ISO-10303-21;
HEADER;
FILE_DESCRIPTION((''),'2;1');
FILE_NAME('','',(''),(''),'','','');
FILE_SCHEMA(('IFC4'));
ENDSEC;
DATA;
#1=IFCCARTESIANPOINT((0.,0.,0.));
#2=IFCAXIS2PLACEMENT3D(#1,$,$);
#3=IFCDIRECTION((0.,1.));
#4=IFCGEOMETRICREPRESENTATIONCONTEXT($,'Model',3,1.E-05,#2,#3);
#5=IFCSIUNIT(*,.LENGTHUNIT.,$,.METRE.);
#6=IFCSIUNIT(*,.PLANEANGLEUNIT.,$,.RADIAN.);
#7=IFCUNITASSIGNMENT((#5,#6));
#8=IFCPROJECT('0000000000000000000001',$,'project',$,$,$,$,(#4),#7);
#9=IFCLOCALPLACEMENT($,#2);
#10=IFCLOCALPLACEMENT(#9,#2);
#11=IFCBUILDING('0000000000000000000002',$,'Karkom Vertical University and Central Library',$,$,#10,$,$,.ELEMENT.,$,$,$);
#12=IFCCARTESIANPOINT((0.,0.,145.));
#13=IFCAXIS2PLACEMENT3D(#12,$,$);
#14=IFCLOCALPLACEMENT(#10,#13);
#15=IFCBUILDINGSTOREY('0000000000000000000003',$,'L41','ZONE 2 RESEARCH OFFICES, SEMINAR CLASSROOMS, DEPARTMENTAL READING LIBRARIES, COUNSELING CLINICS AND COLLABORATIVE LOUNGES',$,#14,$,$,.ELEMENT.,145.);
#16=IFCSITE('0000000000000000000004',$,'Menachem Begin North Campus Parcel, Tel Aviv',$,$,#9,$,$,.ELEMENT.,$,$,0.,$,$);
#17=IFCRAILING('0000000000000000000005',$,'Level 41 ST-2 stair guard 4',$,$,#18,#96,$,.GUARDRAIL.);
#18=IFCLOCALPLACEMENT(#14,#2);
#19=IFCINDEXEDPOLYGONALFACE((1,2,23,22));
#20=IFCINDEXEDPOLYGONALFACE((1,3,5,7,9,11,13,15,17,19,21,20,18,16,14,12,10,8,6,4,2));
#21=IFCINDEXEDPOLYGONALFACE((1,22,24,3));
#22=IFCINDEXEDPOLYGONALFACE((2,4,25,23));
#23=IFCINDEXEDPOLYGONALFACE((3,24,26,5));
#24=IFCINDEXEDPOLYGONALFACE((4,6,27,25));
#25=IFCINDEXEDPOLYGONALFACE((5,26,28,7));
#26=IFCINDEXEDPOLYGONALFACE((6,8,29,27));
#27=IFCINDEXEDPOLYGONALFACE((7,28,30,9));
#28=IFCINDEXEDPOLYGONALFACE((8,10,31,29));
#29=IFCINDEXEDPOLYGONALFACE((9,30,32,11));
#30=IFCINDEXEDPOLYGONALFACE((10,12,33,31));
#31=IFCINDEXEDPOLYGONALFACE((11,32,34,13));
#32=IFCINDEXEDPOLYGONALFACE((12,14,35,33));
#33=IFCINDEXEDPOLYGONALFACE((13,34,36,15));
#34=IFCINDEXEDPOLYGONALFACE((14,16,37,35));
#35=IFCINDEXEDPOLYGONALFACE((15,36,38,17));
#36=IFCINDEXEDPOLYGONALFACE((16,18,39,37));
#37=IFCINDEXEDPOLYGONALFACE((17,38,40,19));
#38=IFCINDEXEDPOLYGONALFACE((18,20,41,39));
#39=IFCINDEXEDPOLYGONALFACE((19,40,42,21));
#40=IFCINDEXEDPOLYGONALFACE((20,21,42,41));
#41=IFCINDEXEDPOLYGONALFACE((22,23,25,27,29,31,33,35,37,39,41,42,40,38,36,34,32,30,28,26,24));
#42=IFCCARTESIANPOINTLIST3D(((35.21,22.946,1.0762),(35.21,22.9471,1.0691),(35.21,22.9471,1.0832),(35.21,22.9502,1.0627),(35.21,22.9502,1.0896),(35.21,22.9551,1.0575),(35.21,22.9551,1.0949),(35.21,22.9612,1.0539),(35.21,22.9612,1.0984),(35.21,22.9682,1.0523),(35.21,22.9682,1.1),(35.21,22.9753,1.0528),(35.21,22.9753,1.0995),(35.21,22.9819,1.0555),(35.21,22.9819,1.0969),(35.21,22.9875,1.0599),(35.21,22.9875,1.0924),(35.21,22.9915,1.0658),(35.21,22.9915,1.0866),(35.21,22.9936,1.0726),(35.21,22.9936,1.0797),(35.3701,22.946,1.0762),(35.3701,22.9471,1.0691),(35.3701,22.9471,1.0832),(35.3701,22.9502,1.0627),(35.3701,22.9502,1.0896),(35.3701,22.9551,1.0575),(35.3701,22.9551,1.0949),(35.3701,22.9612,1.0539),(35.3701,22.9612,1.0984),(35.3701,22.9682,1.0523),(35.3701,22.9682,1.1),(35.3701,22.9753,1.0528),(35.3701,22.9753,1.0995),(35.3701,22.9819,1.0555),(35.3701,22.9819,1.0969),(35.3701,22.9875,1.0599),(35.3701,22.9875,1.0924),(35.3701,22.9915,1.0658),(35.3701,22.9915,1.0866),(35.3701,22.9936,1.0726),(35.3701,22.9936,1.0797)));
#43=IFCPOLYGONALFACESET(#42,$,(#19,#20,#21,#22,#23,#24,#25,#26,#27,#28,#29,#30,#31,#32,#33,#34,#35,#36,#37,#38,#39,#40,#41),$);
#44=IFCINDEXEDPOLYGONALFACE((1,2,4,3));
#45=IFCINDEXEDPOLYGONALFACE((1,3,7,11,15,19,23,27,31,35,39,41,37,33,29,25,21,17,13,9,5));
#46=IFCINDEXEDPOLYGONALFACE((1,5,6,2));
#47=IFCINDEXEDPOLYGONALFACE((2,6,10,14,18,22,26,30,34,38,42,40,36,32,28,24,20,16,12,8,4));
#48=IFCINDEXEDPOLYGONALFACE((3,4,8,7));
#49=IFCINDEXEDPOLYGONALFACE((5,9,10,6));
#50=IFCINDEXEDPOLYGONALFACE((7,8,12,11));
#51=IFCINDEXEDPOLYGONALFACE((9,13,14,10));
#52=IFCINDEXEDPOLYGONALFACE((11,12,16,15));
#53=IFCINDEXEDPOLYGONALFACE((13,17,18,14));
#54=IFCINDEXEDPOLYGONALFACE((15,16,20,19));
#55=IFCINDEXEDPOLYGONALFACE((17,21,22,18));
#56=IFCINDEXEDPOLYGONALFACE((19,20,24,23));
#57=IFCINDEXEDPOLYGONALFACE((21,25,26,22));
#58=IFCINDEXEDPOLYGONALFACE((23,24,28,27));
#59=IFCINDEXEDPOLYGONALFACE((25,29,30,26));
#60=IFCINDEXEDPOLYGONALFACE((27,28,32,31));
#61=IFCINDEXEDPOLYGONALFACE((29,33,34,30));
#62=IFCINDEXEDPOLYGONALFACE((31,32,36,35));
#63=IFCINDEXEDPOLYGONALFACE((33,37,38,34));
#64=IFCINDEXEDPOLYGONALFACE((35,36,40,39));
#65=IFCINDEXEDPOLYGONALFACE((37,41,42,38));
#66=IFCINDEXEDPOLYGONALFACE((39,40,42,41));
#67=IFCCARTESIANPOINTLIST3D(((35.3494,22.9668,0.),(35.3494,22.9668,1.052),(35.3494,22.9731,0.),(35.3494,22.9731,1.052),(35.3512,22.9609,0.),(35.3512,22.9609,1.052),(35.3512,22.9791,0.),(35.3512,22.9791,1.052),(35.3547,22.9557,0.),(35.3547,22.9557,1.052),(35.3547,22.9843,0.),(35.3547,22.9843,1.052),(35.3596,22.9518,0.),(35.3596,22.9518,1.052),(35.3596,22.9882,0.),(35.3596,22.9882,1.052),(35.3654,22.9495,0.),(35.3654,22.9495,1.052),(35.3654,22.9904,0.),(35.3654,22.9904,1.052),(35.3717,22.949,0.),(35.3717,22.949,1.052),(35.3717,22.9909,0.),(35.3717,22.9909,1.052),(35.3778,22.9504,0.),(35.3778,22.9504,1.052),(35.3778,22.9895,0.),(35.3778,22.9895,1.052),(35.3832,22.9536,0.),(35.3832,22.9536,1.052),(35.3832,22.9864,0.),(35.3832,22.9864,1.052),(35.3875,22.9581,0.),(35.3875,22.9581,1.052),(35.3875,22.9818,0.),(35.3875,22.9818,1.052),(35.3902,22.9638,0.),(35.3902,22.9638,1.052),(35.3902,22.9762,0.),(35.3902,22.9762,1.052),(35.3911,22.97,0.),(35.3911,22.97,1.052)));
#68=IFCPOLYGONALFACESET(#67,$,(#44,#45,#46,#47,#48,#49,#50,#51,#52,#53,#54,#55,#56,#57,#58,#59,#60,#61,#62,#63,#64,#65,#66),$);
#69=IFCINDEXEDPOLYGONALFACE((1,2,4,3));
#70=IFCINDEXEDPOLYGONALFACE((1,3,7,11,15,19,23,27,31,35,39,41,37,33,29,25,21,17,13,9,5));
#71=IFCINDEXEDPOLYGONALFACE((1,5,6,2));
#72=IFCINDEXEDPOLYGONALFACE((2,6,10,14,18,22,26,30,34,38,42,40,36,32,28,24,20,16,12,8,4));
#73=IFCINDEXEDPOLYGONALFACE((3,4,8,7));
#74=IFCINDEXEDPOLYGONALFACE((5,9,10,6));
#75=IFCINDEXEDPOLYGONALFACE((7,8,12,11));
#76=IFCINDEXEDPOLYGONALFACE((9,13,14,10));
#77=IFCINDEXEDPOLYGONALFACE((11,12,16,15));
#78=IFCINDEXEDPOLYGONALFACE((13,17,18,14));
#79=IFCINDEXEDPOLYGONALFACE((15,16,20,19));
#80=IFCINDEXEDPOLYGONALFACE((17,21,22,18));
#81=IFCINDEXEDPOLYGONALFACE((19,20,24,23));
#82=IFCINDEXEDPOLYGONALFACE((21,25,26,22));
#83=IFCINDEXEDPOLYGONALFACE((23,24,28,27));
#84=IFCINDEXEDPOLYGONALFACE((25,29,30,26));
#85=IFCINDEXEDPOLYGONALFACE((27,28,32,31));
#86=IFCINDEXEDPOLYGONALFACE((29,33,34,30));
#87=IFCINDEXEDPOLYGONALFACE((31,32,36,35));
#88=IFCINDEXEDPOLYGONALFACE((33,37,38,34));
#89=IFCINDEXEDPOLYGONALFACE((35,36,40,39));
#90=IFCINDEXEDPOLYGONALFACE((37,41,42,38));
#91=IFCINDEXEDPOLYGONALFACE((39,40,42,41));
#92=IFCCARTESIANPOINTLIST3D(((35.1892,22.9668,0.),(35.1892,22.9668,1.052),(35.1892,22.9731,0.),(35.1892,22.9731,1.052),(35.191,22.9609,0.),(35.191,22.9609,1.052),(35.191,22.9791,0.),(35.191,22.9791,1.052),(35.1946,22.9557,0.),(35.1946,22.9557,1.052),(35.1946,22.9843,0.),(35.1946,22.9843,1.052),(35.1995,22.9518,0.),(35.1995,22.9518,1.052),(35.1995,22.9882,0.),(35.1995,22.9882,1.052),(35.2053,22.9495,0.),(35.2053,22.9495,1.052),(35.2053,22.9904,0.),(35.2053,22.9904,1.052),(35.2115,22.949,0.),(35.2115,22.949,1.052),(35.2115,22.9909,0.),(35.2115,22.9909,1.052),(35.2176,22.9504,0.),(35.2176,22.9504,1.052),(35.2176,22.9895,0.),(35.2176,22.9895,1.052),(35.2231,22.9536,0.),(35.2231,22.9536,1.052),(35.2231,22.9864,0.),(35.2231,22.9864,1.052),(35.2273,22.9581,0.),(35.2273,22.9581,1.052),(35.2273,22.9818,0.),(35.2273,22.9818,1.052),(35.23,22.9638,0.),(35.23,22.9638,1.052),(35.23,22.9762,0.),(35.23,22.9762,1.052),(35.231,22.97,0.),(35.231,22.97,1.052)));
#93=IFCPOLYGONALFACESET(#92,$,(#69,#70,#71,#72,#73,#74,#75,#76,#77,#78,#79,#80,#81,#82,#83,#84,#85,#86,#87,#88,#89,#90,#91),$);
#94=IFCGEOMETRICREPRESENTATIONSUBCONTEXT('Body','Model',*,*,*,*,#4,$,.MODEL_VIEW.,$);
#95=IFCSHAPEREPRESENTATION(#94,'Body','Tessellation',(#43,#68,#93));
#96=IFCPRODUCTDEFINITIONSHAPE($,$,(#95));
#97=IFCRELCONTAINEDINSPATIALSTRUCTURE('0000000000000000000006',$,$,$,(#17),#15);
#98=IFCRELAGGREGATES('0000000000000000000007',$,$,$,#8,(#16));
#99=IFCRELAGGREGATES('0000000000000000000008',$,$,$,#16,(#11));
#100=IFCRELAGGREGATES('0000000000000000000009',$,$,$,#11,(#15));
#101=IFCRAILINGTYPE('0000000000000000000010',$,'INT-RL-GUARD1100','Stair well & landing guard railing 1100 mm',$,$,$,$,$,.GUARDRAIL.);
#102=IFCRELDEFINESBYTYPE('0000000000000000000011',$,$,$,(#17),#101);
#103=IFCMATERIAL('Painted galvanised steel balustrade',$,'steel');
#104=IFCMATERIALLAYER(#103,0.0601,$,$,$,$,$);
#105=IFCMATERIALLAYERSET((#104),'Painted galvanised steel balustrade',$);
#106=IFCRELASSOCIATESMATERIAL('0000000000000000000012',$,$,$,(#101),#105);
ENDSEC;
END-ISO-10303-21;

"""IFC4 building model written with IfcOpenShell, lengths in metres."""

from ifc_helpers import new_model, si_unit, direction, frame, origin, origin_2d, place, context, subcontext, project, spatial, circle, extrude, material, layer, layer_set, type_object, element, save


model = new_model("IFC4")

# Units and contexts
model_context = context("Model", 3, precision=1e-05, world=origin(), true_north=direction((0.0, 1.0)))
body_context = subcontext(model_context, "Body", "Model", "MODEL_VIEW")
ifc_project = project(units=[si_unit("LENGTHUNIT", "METRE"), si_unit("PLANEANGLEUNIT", "RADIAN")], contexts=[model_context])

# Site, building, storey
site_placement = place(None, origin())
site = spatial("IfcSite", under=ifc_project, at=site_placement, Name="Menachem Begin North Campus Parcel, Tel Aviv", CompositionType="ELEMENT", RefElevation=0.0)
building_placement = place(site_placement, origin())
building = spatial("IfcBuilding", under=site, at=building_placement, Name="Karkom Vertical University and Central Library", CompositionType="ELEMENT")
storey_placement = place(building_placement, frame((0.0, 0.0, 145.0)))
storey = spatial("IfcBuildingStorey", under=building, at=storey_placement, Name="L41", Description="ZONE 2 RESEARCH OFFICES, SEMINAR CLASSROOMS, DEPARTMENTAL READING LIBRARIES, COUNSELING CLINICS AND COLLABORATIVE LOUNGES", CompositionType="ELEMENT", Elevation=145.0)

# Railing
ifc_material_1 = material(Name="Painted galvanised steel balustrade", Category="steel")
ifc_layer_1 = layer(ifc_material_1, 0.0601)
ifc_layer_set_1 = layer_set([ifc_layer_1], Name="Painted galvanised steel balustrade")
railing_type_1 = type_object("IfcRailingType", Name="INT-RL-GUARD1100", Description="Stair well & landing guard railing 1100 mm", PredefinedType="GUARDRAIL", material=ifc_layer_set_1)
railing_1_placement = place(storey_placement, frame((35.3701, 22.97, 0.0)))
element("IfcRailing", 1, at=railing_1_placement, inside=storey, type_object=railing_type_1, Name="Level 41 ST-2 stair guard 4", PredefinedType="GUARDRAIL", context=body_context, shape_type="SweptSolid", body=[
    extrude(circle(Radius=0.0239, at=origin_2d()), frame((0.0, 0.0, 1.0762), z_axis=(-1.0, 0.0, 0.0), x_axis=(0.0, -1.0, 0.0)), (0.0, 0.0, 1.0), 0.1602),
    extrude(circle(Radius=0.021, at=origin_2d()), origin(), (0.0, 0.0, 1.0), 1.052),
    extrude(circle(Radius=0.021, at=origin_2d()), frame((-0.1602, 0.0, 0.0)), (0.0, 0.0, 1.0), 1.052),
])

save(model, "model.ifc")
